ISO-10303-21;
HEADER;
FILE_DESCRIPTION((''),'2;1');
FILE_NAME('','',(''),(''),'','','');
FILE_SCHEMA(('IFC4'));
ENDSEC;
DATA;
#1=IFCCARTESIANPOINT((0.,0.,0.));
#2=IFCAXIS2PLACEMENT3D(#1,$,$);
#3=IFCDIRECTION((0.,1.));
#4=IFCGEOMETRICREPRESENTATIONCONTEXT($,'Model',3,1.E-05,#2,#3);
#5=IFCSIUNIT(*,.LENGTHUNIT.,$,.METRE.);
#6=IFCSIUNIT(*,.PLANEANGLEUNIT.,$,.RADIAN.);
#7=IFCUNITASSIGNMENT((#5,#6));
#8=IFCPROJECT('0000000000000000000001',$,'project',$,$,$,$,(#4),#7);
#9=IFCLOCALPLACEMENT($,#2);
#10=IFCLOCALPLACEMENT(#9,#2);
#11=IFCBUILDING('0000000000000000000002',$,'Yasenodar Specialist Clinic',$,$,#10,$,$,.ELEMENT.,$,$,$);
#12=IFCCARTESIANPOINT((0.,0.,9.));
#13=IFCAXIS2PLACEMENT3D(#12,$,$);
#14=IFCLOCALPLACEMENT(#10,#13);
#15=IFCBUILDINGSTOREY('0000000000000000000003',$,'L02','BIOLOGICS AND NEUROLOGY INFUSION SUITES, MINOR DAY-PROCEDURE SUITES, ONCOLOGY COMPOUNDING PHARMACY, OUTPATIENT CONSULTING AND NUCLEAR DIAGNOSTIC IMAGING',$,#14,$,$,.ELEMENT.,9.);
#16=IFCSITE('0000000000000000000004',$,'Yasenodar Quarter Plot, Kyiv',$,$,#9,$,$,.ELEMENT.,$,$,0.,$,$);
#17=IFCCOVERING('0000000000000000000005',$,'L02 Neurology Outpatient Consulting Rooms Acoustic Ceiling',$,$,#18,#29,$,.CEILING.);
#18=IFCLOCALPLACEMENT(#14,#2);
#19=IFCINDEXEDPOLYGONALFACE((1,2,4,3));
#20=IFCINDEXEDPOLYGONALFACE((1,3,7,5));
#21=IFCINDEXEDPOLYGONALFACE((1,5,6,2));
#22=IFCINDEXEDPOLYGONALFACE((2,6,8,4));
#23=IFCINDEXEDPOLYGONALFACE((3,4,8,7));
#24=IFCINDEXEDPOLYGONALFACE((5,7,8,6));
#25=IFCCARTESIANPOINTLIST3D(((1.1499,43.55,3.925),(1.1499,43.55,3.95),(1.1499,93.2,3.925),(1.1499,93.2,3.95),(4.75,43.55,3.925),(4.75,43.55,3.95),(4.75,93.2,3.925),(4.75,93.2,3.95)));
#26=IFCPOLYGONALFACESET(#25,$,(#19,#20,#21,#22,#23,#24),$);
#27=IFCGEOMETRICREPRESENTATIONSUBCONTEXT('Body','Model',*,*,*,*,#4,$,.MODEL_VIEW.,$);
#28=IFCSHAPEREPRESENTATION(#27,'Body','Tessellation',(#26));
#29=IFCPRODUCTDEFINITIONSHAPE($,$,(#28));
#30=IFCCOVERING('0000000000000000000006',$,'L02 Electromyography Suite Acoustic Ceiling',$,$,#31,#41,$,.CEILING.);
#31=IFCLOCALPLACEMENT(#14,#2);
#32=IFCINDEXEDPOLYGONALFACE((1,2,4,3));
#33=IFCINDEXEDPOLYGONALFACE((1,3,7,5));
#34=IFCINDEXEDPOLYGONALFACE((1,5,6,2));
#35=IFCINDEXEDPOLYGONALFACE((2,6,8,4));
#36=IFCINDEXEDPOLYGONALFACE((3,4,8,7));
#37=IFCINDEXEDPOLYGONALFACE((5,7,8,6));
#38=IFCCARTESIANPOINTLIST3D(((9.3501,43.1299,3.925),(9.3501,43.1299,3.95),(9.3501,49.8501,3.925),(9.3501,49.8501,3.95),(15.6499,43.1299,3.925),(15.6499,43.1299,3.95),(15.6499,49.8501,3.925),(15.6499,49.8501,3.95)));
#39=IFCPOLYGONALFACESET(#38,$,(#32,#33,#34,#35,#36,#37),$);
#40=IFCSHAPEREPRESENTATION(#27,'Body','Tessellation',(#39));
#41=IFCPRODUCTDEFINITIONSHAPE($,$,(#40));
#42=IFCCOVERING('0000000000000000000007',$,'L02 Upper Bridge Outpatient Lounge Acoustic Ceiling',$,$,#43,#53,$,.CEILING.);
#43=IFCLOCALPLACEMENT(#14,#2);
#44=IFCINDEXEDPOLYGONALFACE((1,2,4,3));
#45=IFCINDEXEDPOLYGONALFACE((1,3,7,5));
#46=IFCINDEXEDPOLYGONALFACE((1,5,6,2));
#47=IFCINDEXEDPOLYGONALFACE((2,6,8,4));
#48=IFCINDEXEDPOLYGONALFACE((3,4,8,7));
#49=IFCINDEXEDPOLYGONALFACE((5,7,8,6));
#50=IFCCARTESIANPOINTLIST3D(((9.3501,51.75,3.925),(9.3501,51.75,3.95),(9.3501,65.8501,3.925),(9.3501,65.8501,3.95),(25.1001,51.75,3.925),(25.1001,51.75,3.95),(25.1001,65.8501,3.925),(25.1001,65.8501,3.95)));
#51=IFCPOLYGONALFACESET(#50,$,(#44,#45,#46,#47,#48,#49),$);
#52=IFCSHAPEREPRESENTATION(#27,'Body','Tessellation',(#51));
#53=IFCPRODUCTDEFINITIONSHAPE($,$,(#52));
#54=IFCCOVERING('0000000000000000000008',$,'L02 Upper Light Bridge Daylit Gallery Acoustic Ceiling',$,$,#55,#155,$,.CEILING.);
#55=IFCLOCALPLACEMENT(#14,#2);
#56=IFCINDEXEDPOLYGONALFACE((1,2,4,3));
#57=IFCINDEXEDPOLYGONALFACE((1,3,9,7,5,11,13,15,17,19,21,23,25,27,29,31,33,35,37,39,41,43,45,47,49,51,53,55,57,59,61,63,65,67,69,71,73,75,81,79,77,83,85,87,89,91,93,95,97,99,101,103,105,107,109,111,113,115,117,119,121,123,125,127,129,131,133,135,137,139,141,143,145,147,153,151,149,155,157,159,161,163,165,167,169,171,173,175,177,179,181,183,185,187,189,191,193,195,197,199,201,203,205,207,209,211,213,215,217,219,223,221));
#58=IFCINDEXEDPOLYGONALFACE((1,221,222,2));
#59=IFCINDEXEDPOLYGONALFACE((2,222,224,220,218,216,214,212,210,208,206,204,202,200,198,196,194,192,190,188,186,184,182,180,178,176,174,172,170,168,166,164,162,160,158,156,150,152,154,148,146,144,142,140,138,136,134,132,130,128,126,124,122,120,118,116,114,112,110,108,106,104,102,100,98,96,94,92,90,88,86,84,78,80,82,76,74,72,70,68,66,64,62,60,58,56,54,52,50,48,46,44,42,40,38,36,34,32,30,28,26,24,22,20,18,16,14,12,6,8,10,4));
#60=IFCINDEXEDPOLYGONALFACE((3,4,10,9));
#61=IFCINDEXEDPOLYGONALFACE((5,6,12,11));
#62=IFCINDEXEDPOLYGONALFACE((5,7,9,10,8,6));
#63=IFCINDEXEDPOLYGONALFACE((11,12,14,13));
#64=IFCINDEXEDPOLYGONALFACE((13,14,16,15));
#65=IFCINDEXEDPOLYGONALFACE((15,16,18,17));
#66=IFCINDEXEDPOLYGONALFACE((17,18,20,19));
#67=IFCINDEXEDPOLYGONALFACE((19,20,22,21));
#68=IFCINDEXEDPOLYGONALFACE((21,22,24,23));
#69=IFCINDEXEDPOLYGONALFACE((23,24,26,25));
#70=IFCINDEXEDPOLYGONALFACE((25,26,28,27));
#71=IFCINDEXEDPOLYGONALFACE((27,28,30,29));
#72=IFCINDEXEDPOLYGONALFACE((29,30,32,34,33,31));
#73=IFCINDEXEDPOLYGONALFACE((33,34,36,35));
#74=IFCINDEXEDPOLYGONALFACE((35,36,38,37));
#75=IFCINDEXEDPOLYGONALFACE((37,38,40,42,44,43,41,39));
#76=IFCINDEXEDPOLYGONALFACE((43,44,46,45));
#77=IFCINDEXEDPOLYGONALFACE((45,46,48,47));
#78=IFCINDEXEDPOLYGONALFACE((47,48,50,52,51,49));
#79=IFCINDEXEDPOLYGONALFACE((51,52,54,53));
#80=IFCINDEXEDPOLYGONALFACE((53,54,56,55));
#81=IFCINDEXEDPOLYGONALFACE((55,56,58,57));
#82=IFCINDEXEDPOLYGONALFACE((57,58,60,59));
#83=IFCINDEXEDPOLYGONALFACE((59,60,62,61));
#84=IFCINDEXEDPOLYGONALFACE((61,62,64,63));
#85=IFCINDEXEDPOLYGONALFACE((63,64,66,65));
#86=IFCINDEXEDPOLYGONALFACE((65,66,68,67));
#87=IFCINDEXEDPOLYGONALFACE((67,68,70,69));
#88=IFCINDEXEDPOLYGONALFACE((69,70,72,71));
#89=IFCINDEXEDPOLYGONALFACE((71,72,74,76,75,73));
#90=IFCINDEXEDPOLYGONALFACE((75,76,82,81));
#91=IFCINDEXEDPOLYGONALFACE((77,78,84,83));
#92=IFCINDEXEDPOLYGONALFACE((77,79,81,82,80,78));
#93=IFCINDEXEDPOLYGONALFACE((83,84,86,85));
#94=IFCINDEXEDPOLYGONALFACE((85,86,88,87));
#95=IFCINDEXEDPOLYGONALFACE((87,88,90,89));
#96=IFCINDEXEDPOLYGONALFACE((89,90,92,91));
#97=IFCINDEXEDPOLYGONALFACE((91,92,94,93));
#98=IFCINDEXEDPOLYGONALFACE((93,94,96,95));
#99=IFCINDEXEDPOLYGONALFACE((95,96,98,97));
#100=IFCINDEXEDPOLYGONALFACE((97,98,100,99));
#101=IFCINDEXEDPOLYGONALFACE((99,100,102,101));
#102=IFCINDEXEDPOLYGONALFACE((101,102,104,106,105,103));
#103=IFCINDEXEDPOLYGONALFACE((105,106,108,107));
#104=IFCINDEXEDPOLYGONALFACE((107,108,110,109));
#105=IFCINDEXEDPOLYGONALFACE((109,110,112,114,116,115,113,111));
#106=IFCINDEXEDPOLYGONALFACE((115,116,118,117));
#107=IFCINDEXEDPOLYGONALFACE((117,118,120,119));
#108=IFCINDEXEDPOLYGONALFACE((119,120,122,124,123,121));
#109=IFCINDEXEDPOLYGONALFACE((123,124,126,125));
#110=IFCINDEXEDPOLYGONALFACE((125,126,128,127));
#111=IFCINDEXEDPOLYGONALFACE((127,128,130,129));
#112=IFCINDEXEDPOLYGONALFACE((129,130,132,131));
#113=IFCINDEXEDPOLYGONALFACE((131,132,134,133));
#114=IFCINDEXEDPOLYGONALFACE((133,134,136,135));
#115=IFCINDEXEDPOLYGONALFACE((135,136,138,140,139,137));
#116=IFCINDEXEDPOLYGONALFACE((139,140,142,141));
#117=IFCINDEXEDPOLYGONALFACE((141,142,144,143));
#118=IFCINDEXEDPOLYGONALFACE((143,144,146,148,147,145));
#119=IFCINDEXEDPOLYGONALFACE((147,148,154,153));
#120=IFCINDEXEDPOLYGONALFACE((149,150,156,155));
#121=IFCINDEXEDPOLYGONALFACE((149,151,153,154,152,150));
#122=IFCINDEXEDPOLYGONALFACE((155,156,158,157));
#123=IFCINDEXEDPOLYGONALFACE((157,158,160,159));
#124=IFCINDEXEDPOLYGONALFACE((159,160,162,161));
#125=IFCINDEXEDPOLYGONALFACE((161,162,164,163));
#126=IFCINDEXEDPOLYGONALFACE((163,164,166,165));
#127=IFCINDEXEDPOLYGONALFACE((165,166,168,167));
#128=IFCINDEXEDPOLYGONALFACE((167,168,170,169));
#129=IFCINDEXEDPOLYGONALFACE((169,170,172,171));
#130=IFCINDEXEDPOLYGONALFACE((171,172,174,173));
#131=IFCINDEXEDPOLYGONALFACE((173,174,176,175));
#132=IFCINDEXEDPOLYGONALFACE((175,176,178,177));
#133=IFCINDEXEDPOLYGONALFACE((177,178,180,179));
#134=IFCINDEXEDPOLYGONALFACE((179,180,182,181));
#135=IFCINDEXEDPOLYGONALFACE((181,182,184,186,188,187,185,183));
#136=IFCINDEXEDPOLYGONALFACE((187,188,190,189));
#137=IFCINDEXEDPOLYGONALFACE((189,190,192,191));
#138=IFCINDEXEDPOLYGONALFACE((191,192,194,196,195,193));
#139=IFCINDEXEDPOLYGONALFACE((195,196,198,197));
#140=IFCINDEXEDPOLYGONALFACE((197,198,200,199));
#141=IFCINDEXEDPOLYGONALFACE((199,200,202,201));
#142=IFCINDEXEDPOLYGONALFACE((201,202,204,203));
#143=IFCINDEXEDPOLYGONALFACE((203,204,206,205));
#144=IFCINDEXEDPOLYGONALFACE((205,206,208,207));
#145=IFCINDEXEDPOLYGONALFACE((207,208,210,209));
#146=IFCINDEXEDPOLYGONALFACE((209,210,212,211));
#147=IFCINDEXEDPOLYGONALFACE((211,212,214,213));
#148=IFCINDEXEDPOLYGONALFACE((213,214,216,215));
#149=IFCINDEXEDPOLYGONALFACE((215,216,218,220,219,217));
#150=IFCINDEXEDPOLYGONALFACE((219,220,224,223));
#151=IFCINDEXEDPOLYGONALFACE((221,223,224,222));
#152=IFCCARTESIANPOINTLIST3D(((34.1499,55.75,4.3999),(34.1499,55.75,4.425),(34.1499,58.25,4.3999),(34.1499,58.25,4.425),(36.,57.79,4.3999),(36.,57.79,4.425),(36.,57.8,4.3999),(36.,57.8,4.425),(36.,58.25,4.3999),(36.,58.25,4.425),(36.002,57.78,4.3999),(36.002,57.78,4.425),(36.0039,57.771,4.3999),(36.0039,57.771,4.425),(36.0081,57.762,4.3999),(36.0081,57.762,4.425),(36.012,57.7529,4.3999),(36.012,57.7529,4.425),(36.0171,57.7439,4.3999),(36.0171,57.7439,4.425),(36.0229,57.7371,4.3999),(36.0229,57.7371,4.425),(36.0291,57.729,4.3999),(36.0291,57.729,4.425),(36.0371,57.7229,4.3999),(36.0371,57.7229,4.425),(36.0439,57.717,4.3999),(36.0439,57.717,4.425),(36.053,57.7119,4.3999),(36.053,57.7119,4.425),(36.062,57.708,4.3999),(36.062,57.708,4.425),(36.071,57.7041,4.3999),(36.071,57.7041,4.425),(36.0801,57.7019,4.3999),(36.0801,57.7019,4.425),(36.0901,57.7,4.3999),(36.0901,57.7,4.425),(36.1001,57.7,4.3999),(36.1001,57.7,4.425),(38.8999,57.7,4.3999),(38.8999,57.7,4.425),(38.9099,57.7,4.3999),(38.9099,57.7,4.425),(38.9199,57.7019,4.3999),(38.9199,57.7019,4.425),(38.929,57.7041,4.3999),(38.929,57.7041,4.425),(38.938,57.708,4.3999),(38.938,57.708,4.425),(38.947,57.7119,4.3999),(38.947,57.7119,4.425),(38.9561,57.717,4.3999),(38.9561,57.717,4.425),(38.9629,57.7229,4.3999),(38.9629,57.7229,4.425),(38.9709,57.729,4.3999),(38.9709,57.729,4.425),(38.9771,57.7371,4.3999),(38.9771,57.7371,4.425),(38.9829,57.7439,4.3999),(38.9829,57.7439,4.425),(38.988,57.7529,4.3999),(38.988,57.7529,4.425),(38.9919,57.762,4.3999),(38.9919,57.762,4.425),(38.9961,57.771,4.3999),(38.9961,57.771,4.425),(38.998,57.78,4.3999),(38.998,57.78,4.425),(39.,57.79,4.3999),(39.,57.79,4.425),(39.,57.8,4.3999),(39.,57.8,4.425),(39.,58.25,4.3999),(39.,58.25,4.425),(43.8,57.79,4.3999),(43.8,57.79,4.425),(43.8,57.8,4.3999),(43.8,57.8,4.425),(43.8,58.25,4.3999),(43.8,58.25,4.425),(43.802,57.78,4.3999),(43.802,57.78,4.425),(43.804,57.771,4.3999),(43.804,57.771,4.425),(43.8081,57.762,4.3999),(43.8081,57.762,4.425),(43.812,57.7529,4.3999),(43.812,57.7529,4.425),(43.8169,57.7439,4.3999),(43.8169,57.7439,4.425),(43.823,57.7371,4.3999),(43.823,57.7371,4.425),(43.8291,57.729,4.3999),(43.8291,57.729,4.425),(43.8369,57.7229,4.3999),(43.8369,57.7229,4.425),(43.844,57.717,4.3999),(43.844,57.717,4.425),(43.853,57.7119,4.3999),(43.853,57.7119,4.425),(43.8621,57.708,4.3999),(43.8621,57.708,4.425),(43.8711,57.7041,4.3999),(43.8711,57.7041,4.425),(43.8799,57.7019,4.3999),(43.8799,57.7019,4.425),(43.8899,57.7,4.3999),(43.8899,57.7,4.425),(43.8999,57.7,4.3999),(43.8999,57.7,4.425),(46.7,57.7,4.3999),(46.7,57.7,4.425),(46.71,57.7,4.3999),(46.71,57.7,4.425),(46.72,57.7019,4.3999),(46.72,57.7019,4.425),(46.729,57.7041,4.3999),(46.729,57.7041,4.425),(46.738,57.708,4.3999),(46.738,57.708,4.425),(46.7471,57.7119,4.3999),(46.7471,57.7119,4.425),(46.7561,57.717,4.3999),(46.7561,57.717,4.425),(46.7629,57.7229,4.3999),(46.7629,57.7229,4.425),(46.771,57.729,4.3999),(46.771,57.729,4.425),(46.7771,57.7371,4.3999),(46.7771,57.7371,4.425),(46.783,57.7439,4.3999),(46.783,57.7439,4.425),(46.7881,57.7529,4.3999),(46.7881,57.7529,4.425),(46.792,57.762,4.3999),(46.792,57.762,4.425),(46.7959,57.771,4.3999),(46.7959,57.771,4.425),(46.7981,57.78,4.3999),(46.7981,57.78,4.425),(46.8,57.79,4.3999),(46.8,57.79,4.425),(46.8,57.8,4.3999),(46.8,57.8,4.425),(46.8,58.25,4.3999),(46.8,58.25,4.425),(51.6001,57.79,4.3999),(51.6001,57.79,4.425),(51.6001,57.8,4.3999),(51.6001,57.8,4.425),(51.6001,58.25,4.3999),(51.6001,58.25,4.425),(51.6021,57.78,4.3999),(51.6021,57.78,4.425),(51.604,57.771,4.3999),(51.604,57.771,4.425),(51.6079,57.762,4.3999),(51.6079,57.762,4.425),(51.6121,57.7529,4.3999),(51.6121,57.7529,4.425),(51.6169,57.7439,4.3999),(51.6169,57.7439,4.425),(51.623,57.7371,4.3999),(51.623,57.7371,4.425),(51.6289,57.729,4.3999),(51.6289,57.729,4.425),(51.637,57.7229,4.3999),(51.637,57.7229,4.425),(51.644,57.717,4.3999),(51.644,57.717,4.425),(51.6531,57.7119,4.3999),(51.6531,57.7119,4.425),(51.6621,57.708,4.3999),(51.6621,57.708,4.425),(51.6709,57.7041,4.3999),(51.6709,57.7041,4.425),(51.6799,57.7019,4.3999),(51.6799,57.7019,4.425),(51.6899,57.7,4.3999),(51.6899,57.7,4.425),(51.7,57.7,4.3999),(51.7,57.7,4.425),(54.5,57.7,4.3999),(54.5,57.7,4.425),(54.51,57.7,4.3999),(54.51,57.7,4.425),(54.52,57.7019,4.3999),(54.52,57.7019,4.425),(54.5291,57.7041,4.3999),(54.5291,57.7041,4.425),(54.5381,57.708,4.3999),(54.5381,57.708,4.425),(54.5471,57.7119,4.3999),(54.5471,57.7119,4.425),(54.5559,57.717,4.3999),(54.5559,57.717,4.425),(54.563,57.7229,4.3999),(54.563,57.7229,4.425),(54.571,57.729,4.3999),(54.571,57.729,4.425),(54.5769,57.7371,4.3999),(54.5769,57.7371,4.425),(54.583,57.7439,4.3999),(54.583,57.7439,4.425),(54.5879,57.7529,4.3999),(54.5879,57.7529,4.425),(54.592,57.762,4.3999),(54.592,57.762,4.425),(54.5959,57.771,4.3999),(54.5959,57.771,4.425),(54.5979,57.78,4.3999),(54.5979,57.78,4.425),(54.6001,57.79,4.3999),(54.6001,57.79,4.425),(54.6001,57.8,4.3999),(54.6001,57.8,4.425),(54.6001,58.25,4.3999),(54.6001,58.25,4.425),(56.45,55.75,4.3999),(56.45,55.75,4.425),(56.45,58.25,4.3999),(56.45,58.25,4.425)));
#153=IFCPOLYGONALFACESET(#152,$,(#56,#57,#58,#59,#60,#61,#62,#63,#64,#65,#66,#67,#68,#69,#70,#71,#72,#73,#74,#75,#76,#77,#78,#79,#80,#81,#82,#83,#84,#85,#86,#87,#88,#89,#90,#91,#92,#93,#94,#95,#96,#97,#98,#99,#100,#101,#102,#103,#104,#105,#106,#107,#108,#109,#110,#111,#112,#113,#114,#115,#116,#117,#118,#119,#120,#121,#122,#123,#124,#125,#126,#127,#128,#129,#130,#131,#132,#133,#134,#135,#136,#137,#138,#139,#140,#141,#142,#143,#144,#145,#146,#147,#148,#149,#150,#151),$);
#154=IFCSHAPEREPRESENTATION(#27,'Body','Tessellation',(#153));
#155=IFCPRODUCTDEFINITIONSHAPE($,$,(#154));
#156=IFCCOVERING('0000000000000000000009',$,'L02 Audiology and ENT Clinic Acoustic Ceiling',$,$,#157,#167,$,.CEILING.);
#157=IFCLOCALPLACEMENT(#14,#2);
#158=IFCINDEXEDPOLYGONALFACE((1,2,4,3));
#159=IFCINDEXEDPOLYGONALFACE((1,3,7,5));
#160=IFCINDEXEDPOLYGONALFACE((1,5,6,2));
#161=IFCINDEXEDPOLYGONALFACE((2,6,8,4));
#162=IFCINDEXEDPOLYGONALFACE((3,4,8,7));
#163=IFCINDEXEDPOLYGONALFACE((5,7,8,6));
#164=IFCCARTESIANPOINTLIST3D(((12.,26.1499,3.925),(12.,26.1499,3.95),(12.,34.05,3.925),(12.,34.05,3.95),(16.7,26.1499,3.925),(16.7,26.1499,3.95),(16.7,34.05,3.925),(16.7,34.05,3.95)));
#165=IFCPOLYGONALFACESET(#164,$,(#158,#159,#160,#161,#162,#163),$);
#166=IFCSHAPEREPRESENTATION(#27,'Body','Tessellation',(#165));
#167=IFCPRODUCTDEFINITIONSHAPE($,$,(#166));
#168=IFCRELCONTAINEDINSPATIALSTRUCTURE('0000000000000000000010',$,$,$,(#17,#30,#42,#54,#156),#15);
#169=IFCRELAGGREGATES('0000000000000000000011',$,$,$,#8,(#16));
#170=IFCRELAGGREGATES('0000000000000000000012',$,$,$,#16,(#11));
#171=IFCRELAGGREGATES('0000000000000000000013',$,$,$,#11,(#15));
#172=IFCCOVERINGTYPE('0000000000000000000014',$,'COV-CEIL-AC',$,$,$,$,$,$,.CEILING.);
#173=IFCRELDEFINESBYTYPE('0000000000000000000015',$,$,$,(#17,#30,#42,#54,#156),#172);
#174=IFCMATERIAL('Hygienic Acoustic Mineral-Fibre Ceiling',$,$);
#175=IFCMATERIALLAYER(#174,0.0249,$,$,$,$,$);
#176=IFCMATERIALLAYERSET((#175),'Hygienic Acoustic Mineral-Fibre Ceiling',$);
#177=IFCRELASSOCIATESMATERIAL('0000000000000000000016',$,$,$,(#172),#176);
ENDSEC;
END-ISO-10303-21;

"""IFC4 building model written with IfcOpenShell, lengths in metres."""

from ifc_helpers import new_model, si_unit, direction, frame, origin, place, context, subcontext, project, spatial, polyline, outline, extrude, material, layer, layer_set, type_object, element, save


model = new_model("IFC4")

# Units and contexts
model_context = context("Model", 3, precision=1e-05, world=origin(), true_north=direction((0.0, 1.0)))
body_context = subcontext(model_context, "Body", "Model", "MODEL_VIEW")
ifc_project = project(units=[si_unit("LENGTHUNIT", "METRE"), si_unit("PLANEANGLEUNIT", "RADIAN")], contexts=[model_context])

# Site, building, storey
site_placement = place(None, origin())
site = spatial("IfcSite", under=ifc_project, at=site_placement, Name="Yasenodar Quarter Plot, Kyiv", CompositionType="ELEMENT", RefElevation=0.0)
building_placement = place(site_placement, origin())
building = spatial("IfcBuilding", under=site, at=building_placement, Name="Yasenodar Specialist Clinic", CompositionType="ELEMENT")
storey_placement = place(building_placement, frame((0.0, 0.0, 9.0)))
storey = spatial("IfcBuildingStorey", under=building, at=storey_placement, Name="L02", Description="BIOLOGICS AND NEUROLOGY INFUSION SUITES, MINOR DAY-PROCEDURE SUITES, ONCOLOGY COMPOUNDING PHARMACY, OUTPATIENT CONSULTING AND NUCLEAR DIAGNOSTIC IMAGING", CompositionType="ELEMENT", Elevation=9.0)

# Coverings
ifc_material_1 = material(Name="Hygienic Acoustic Mineral-Fibre Ceiling")
ifc_layer_1 = layer(ifc_material_1, 0.0249)
ifc_layer_set_1 = layer_set([ifc_layer_1], Name="Hygienic Acoustic Mineral-Fibre Ceiling")
covering_type_1 = type_object("IfcCoveringType", Name="COV-CEIL-AC", PredefinedType="CEILING", material=ifc_layer_set_1)
covering_1_placement = place(storey_placement, frame((0.0, 0.0, 3.925)))
element("IfcCovering", 1, at=covering_1_placement, inside=storey, type_object=covering_type_1, Name="L02 Neurology Outpatient Consulting Rooms Acoustic Ceiling", PredefinedType="CEILING", context=body_context, shape_type="SweptSolid", body=[
    extrude(outline(polyline([(4.75, 93.2), (4.75, 43.55), (1.1499, 43.55), (1.1499, 93.2), (4.75, 93.2)])), origin(), (0.0, 0.0, 1.0), 0.0249),
])
covering_2_placement = place(storey_placement, frame((0.0, 0.0, 3.925)))
element("IfcCovering", 2, at=covering_2_placement, inside=storey, type_object=covering_type_1, Name="L02 Electromyography Suite Acoustic Ceiling", PredefinedType="CEILING", context=body_context, shape_type="SweptSolid", body=[
    extrude(outline(polyline([(15.6499, 49.8501), (15.6499, 43.1299), (9.3501, 43.1299), (9.3501, 49.8501), (15.6499, 49.8501)])), origin(), (0.0, 0.0, 1.0), 0.0249),
])
covering_3_placement = place(storey_placement, frame((0.0, 0.0, 3.925)))
element("IfcCovering", 3, at=covering_3_placement, inside=storey, type_object=covering_type_1, Name="L02 Upper Bridge Outpatient Lounge Acoustic Ceiling", PredefinedType="CEILING", context=body_context, shape_type="SweptSolid", body=[
    extrude(outline(polyline([(9.3501, 51.75), (9.3501, 65.8501), (25.1001, 65.8501), (25.1001, 51.75), (9.3501, 51.75)])), origin(), (0.0, 0.0, 1.0), 0.0249),
])
covering_4_placement = place(storey_placement, frame((0.0, 0.0, 4.3999)))
element("IfcCovering", 4, at=covering_4_placement, inside=storey, type_object=covering_type_1, Name="L02 Upper Light Bridge Daylit Gallery Acoustic Ceiling", PredefinedType="CEILING", context=body_context, shape_type="SweptSolid", body=[
    extrude(outline(polyline([(56.45, 55.75), (34.1499, 55.75), (34.1499, 58.25), (36.0, 58.25), (36.0, 57.8), (36.0, 57.79), (36.002, 57.78), (36.0039, 57.771), (36.0081, 57.762), (36.012, 57.7529), (36.0171, 57.7439), (36.0229, 57.7371), (36.0291, 57.729), (36.0371, 57.7229), (36.0439, 57.717), (36.053, 57.7119), (36.062, 57.708), (36.071, 57.7041), (36.0801, 57.7019), (36.0901, 57.7), (36.1001, 57.7), (38.8999, 57.7), (38.9099, 57.7), (38.9199, 57.7019), (38.929, 57.7041), (38.938, 57.708), (38.947, 57.7119), (38.9561, 57.717), (38.9629, 57.7229), (38.9709, 57.729), (38.9771, 57.7371), (38.9829, 57.7439), (38.988, 57.7529), (38.9919, 57.762), (38.9961, 57.771), (38.998, 57.78), (39.0, 57.79), (39.0, 57.8), (39.0, 58.25), (43.8, 58.25), (43.8, 57.8), (43.8, 57.79), (43.802, 57.78), (43.804, 57.771), (43.8081, 57.762), (43.812, 57.7529), (43.8169, 57.7439), (43.823, 57.7371), (43.8291, 57.729), (43.8369, 57.7229), (43.844, 57.717), (43.853, 57.7119), (43.8621, 57.708), (43.8711, 57.7041), (43.8799, 57.7019), (43.8899, 57.7), (43.8999, 57.7), (46.7, 57.7), (46.71, 57.7), (46.72, 57.7019), (46.729, 57.7041), (46.738, 57.708), (46.7471, 57.7119), (46.7561, 57.717), (46.7629, 57.7229), (46.771, 57.729), (46.7771, 57.7371), (46.783, 57.7439), (46.7881, 57.7529), (46.792, 57.762), (46.7959, 57.771), (46.7981, 57.78), (46.8, 57.79), (46.8, 57.8), (46.8, 58.25), (51.6001, 58.25), (51.6001, 57.8), (51.6001, 57.79), (51.6021, 57.78), (51.604, 57.771), (51.6079, 57.762), (51.6121, 57.7529), (51.6169, 57.7439), (51.623, 57.7371), (51.6289, 57.729), (51.637, 57.7229), (51.644, 57.717), (51.6531, 57.7119), (51.6621, 57.708), (51.6709, 57.7041), (51.6799, 57.7019), (51.6899, 57.7), (51.7, 57.7), (54.5, 57.7), (54.51, 57.7), (54.52, 57.7019), (54.5291, 57.7041), (54.5381, 57.708), (54.5471, 57.7119), (54.5559, 57.717), (54.563, 57.7229), (54.571, 57.729), (54.5769, 57.7371), (54.583, 57.7439), (54.5879, 57.7529), (54.592, 57.762), (54.5959, 57.771), (54.5979, 57.78), (54.6001, 57.79), (54.6001, 57.8), (54.6001, 58.25), (56.45, 58.25), (56.45, 55.75)])), origin(), (0.0, 0.0, 1.0), 0.0251),
])
covering_5_placement = place(storey_placement, frame((0.0, 0.0, 3.925)))
element("IfcCovering", 5, at=covering_5_placement, inside=storey, type_object=covering_type_1, Name="L02 Audiology and ENT Clinic Acoustic Ceiling", PredefinedType="CEILING", context=body_context, shape_type="SweptSolid", body=[
    extrude(outline(polyline([(12.0, 26.1499), (12.0, 34.05), (16.7, 34.05), (16.7, 26.1499), (12.0, 26.1499)])), origin(), (0.0, 0.0, 1.0), 0.0249),
])

save(model, "model.ifc")
